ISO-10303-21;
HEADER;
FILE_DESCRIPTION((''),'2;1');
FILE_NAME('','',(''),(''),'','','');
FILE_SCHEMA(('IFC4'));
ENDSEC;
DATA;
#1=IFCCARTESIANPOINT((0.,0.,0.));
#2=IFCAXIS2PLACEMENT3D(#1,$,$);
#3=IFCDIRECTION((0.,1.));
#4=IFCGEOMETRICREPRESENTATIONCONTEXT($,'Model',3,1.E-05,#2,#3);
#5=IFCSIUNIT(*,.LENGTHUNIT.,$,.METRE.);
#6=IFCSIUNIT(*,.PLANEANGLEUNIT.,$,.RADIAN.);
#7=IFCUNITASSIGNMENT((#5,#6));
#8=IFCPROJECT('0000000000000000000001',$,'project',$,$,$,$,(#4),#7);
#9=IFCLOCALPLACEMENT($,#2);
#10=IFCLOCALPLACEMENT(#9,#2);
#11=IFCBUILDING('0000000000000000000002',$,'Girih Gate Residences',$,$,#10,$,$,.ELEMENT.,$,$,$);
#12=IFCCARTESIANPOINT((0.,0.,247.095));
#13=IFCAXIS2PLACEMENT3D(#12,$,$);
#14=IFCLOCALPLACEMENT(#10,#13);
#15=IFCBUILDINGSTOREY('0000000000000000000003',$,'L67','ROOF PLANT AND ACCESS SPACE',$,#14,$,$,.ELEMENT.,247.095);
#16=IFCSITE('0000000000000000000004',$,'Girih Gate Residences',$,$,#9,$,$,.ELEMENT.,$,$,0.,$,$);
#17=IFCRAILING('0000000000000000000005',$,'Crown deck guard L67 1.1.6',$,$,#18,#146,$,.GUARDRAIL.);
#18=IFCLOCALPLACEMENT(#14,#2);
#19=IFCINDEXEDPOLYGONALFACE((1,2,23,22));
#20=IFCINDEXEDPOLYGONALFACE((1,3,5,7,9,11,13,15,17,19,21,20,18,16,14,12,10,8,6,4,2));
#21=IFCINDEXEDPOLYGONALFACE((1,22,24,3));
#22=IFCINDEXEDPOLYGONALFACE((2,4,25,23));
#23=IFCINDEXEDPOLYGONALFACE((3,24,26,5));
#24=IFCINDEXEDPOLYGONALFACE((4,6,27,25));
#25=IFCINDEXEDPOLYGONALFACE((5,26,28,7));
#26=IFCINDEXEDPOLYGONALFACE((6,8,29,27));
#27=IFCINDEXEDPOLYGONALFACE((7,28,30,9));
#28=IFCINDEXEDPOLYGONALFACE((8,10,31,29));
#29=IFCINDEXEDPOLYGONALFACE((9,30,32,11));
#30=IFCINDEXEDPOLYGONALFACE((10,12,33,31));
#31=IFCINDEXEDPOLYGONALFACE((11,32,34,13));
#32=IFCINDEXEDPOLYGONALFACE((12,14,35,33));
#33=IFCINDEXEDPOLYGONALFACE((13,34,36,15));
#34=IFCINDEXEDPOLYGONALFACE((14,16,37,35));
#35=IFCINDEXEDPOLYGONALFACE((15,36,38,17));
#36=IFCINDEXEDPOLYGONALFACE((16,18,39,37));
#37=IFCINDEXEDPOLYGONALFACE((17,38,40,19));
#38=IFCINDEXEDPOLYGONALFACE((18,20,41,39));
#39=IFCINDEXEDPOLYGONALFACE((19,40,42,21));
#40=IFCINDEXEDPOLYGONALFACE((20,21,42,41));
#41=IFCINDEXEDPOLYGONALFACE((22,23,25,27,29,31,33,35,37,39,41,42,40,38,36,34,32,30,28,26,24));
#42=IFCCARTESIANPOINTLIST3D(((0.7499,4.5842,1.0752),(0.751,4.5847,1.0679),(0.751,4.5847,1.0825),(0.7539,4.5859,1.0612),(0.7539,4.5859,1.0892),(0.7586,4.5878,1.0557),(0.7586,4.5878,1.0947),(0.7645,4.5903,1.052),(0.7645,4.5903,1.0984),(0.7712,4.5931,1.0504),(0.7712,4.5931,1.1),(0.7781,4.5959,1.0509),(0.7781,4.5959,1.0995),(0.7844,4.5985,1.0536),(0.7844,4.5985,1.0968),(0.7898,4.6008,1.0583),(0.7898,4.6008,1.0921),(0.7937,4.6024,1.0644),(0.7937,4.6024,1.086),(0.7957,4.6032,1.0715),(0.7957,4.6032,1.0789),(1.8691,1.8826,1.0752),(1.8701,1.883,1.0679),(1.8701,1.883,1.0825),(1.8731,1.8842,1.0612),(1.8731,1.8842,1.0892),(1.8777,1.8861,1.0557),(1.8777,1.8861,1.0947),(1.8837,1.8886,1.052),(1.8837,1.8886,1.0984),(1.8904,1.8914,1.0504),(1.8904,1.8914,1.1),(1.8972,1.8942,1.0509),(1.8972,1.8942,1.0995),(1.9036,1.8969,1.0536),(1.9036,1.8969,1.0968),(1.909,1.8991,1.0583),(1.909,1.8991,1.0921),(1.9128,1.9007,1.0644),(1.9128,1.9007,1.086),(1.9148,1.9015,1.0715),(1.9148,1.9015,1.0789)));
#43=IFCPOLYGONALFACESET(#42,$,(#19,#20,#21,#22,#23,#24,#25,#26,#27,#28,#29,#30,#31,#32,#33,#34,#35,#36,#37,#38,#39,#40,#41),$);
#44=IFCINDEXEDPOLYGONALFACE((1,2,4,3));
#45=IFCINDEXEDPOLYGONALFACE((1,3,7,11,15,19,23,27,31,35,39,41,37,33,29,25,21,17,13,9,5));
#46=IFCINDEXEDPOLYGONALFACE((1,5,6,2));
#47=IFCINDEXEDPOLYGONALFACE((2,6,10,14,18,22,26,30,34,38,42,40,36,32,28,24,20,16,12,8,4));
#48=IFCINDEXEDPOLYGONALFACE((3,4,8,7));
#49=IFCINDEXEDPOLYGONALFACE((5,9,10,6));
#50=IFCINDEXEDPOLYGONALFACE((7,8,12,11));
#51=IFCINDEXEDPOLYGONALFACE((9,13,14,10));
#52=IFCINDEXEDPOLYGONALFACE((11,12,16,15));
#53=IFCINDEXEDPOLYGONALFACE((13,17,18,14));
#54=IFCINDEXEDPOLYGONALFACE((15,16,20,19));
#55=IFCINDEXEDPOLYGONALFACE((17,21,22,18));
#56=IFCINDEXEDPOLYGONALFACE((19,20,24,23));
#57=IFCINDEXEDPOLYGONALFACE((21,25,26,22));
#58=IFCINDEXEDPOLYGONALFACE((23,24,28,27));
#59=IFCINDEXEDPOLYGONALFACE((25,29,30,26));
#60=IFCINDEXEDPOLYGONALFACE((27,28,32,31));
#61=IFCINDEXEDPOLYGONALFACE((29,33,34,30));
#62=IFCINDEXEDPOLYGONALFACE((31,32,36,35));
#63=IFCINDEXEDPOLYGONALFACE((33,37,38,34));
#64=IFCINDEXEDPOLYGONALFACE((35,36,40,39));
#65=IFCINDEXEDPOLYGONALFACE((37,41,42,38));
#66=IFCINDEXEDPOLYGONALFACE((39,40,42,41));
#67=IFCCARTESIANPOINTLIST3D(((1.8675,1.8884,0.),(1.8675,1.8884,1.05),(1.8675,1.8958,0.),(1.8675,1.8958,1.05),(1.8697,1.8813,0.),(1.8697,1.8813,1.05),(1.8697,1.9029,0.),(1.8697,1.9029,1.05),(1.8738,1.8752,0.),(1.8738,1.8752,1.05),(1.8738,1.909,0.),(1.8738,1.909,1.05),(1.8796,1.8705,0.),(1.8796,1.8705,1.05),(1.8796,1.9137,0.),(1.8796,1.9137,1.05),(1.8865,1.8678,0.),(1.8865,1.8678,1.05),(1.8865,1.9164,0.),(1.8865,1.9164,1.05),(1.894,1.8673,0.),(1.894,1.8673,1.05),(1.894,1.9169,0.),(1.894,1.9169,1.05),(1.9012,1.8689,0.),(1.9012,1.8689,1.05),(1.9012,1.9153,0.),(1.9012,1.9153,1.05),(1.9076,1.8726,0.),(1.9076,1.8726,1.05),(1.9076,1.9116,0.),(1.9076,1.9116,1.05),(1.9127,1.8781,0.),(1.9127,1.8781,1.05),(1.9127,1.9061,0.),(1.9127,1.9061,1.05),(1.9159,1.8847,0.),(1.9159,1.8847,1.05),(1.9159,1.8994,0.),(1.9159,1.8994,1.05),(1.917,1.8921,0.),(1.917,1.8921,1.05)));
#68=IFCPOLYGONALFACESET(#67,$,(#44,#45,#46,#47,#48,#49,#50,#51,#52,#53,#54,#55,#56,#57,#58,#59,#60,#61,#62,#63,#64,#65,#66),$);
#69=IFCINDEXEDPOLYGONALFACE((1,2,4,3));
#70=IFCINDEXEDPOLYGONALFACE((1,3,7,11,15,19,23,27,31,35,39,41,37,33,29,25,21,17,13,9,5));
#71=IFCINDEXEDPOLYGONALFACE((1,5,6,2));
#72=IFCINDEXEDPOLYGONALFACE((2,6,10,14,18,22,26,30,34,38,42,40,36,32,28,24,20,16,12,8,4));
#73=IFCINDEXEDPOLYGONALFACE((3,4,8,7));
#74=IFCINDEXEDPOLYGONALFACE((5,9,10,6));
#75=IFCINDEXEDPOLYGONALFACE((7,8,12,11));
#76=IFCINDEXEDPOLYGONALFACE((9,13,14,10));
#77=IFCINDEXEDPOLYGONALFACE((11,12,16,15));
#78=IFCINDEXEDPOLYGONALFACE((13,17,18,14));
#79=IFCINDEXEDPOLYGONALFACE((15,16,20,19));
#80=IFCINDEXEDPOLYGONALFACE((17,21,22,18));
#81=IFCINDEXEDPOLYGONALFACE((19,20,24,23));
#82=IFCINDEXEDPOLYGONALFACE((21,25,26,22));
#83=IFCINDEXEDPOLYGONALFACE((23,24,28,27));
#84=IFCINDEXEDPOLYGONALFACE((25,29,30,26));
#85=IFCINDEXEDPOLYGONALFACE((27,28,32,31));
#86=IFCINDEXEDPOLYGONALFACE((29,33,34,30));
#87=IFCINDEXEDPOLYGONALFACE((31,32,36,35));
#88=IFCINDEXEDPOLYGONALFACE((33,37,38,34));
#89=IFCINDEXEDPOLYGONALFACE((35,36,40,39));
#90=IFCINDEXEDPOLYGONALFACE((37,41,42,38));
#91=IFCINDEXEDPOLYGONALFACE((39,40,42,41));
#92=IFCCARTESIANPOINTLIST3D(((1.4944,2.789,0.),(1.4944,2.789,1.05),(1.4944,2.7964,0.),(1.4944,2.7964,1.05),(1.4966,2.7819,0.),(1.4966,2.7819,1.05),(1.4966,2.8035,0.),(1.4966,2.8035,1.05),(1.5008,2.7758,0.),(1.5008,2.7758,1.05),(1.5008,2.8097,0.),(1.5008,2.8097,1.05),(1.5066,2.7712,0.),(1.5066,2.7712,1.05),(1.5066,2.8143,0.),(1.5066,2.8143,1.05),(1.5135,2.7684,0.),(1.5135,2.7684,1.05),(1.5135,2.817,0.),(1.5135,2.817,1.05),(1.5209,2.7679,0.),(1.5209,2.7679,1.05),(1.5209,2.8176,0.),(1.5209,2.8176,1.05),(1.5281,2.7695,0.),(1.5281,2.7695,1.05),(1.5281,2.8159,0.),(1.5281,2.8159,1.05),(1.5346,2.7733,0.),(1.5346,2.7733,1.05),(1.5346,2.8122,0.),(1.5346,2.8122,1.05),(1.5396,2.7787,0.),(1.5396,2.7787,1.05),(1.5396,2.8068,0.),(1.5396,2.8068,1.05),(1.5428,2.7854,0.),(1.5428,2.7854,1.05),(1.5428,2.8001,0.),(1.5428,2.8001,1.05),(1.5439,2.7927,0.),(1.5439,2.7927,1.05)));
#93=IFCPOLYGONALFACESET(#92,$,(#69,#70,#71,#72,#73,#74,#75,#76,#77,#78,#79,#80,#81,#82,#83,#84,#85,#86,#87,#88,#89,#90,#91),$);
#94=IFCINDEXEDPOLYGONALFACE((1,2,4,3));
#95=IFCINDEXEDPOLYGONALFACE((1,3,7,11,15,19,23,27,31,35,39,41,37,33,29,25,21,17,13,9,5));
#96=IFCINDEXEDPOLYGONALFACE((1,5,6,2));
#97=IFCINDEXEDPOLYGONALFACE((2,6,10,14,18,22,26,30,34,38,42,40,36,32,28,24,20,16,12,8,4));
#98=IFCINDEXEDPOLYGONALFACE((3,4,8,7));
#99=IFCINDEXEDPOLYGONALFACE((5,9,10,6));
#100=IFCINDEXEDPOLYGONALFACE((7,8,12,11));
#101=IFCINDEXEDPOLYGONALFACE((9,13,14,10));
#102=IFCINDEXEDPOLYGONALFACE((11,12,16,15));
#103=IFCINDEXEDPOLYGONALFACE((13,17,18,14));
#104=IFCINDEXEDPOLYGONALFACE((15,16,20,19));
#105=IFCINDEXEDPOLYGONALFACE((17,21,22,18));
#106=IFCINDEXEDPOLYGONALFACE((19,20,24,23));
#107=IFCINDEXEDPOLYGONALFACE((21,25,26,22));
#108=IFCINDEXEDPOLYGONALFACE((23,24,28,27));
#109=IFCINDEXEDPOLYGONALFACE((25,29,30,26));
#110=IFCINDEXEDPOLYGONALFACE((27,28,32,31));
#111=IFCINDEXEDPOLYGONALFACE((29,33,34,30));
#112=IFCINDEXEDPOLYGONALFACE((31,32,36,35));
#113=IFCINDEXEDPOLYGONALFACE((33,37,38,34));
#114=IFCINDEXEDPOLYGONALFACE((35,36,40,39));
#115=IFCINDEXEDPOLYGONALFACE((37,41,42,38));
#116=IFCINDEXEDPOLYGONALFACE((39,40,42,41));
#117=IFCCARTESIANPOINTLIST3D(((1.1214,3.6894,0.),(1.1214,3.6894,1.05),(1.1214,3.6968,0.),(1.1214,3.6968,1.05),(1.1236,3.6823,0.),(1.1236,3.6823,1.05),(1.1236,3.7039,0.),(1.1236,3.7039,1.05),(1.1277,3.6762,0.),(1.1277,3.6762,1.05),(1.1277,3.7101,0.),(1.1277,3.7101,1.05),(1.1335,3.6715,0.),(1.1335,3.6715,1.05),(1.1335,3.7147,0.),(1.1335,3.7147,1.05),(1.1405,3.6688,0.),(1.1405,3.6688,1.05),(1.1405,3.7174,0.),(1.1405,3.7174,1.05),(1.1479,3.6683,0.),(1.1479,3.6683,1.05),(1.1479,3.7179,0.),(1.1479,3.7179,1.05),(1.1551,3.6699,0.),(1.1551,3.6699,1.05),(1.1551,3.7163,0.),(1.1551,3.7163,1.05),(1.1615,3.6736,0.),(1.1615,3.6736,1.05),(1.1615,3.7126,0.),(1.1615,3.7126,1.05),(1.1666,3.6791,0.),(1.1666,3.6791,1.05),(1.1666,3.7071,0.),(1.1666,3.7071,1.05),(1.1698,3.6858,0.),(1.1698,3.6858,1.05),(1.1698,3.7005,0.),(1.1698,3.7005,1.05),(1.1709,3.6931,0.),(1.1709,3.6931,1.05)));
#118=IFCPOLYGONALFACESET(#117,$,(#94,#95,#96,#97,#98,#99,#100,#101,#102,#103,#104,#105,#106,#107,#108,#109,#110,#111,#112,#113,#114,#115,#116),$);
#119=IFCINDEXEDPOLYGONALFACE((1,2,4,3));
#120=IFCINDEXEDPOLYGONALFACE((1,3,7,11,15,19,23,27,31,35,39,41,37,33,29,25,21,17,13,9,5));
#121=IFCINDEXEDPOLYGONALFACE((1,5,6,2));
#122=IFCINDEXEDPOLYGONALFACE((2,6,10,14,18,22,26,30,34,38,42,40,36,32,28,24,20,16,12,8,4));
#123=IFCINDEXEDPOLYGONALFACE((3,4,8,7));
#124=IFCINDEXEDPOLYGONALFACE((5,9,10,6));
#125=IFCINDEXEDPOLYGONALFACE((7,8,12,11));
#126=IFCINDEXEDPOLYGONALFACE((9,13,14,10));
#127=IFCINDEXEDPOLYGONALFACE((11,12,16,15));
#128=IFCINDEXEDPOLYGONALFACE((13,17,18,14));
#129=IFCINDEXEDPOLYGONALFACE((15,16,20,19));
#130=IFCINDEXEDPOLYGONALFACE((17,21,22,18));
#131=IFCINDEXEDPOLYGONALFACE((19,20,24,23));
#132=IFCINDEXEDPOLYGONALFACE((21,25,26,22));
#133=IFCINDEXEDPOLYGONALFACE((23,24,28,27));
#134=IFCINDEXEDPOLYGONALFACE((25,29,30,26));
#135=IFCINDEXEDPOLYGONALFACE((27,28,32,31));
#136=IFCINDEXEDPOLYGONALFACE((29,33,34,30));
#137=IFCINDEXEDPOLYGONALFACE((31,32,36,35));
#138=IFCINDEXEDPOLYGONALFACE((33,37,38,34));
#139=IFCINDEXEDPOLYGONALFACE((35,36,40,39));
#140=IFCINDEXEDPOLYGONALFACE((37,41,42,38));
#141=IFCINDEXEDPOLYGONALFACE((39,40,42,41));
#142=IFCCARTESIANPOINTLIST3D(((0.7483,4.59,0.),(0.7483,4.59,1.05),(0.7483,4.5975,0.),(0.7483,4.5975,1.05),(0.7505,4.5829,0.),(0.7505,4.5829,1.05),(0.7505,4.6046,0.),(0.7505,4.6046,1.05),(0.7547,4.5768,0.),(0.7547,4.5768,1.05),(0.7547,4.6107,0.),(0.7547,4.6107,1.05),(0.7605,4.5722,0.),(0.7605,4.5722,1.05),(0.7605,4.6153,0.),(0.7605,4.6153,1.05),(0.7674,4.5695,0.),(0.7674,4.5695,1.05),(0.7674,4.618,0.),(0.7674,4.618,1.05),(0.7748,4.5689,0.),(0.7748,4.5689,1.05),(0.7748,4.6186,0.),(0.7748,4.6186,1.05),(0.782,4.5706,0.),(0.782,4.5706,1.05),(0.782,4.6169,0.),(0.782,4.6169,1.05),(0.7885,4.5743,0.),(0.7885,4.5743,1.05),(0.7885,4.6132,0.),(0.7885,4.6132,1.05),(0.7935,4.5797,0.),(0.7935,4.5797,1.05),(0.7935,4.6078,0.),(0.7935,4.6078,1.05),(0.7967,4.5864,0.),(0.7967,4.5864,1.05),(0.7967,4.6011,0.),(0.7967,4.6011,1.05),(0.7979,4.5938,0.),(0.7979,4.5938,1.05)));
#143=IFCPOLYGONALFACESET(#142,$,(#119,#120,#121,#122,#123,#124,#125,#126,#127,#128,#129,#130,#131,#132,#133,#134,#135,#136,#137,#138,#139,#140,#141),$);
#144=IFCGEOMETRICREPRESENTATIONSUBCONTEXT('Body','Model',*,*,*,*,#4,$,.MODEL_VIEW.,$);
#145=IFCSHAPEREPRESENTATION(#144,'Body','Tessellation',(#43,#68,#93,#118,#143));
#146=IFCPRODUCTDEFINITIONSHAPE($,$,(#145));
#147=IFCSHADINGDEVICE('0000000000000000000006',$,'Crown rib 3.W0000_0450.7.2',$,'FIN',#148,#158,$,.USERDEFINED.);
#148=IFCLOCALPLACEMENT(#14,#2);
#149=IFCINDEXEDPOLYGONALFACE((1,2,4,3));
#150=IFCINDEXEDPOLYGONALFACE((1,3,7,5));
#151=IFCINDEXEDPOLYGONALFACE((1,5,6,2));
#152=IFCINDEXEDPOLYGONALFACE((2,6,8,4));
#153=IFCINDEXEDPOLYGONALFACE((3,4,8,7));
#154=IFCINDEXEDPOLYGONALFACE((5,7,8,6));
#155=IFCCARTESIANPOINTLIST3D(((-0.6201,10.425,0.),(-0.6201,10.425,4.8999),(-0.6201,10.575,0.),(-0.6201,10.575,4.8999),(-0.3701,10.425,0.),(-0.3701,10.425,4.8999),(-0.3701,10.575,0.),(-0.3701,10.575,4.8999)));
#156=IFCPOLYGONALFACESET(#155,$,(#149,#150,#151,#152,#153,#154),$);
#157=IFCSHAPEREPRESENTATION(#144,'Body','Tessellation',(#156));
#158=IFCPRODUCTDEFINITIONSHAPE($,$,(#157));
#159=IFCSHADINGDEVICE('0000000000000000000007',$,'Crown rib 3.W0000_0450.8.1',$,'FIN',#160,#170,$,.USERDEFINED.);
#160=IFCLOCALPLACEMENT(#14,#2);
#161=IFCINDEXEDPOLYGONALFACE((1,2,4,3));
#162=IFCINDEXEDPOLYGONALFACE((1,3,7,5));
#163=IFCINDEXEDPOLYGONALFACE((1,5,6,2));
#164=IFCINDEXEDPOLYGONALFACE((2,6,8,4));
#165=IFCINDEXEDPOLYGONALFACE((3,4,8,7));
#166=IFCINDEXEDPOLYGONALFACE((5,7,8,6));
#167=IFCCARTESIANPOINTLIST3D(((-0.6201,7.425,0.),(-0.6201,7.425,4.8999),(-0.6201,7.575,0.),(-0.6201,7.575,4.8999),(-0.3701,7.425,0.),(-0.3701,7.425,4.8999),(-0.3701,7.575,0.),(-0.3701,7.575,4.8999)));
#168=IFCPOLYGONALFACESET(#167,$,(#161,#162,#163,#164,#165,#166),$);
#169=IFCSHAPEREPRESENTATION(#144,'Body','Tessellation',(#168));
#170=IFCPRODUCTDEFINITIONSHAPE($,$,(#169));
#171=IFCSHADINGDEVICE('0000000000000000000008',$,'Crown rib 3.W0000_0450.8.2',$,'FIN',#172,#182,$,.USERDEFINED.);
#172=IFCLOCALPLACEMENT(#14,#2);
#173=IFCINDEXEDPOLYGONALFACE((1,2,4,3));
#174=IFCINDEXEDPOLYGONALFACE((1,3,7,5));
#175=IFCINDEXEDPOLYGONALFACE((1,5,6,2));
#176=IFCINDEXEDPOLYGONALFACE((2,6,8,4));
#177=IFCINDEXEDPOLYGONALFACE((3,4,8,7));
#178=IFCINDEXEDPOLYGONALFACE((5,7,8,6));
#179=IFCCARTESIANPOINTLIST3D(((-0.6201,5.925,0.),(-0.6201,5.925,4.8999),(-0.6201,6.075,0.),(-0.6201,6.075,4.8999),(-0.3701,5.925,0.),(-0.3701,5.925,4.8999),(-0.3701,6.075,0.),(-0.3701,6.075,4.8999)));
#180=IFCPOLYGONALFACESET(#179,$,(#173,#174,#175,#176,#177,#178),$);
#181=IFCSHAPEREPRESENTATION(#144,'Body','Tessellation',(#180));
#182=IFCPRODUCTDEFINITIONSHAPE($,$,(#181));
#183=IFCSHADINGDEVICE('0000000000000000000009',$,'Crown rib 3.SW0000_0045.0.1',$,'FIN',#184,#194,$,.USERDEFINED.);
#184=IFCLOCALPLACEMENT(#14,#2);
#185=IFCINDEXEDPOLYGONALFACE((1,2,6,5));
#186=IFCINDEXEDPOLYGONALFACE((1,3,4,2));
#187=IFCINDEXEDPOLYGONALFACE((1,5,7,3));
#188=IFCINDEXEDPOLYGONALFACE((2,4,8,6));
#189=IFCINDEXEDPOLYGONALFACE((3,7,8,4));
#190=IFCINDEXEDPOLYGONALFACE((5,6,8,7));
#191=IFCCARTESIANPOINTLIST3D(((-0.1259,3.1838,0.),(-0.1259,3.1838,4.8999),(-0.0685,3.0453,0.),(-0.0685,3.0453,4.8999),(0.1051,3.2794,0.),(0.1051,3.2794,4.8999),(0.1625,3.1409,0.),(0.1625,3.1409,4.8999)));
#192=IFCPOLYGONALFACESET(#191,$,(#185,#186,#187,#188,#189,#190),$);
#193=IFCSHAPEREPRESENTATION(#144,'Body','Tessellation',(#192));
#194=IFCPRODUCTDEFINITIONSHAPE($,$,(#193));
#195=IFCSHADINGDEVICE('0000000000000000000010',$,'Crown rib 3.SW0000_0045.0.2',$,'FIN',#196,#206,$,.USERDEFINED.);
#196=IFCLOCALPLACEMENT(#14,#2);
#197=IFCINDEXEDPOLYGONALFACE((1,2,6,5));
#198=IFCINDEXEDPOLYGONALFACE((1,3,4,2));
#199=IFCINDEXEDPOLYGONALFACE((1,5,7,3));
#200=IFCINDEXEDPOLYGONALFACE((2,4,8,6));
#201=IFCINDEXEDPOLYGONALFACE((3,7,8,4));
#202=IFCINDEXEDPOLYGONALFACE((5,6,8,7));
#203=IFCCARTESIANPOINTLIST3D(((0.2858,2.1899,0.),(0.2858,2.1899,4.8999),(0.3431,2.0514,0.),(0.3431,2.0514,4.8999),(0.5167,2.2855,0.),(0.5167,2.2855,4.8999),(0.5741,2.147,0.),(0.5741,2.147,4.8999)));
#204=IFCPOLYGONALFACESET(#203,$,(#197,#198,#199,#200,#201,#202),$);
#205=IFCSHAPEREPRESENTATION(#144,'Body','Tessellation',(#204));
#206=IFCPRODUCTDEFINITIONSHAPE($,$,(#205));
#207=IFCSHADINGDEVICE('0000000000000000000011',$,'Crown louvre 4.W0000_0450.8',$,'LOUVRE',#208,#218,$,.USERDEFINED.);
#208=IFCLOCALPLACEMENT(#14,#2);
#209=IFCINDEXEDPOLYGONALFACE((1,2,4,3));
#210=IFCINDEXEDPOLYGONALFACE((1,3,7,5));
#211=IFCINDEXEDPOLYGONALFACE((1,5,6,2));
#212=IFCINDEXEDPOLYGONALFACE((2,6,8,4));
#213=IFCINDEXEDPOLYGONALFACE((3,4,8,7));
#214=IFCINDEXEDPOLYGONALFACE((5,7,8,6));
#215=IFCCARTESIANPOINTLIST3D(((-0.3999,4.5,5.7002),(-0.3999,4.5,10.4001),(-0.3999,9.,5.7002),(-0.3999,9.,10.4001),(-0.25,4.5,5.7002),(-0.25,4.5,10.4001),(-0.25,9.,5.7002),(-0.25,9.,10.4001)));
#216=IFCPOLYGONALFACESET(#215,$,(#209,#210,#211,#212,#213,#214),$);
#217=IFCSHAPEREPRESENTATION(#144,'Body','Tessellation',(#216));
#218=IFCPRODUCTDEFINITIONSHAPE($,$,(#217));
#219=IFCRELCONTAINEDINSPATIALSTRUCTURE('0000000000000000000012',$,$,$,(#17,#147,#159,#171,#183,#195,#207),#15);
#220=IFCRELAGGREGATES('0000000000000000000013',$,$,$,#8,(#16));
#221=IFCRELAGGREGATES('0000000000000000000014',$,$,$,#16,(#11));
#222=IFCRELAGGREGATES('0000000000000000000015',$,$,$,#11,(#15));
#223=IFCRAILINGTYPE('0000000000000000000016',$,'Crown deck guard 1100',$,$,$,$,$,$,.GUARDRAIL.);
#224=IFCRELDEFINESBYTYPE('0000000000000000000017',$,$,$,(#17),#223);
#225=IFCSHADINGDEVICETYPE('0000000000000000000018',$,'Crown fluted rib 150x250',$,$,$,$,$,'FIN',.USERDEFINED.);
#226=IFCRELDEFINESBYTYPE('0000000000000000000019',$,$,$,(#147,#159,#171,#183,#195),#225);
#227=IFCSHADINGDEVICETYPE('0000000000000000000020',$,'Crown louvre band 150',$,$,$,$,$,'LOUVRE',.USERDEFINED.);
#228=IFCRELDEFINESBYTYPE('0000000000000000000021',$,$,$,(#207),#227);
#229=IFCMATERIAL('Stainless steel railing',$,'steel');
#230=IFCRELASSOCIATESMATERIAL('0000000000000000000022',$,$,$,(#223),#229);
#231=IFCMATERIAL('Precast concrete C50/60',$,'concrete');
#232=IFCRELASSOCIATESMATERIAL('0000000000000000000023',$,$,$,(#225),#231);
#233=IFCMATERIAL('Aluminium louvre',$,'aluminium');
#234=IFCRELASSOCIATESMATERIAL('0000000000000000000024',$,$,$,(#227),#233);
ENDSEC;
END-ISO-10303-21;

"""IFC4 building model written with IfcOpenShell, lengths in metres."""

from ifc_helpers import new_model, si_unit, direction, frame, origin, origin_2d, place, context, subcontext, project, spatial, rectangle, circle, extrude, material, type_object, element, save


model = new_model("IFC4")

# Units and contexts
model_context = context("Model", 3, precision=1e-05, world=origin(), true_north=direction((0.0, 1.0)))
body_context = subcontext(model_context, "Body", "Model", "MODEL_VIEW")
ifc_project = project(units=[si_unit("LENGTHUNIT", "METRE"), si_unit("PLANEANGLEUNIT", "RADIAN")], contexts=[model_context])

# Site, building, storey
site_placement = place(None, origin())
site = spatial("IfcSite", under=ifc_project, at=site_placement, Name="Girih Gate Residences", CompositionType="ELEMENT", RefElevation=0.0)
building_placement = place(site_placement, origin())
building = spatial("IfcBuilding", under=site, at=building_placement, Name="Girih Gate Residences", CompositionType="ELEMENT")
storey_placement = place(building_placement, frame((0.0, 0.0, 247.095)))
storey = spatial("IfcBuildingStorey", under=building, at=storey_placement, Name="L67", Description="ROOF PLANT AND ACCESS SPACE", CompositionType="ELEMENT", Elevation=247.095)

# Railing
ifc_material_1 = material(Name="Stainless steel railing", Category="steel")
railing_type = type_object("IfcRailingType", Name="Crown deck guard 1100", PredefinedType="GUARDRAIL", material=ifc_material_1)
railing_1_placement = place(storey_placement, frame((1.8921, 1.8921, 0.0)))
element("IfcRailing", 1, at=railing_1_placement, inside=storey, type_object=railing_type, Name="Crown deck guard L67 1.1.6", PredefinedType="GUARDRAIL", context=body_context, shape_type="SweptSolid", body=[
    extrude(circle(Radius=0.0249, at=origin_2d()), frame((0.0, 0.0, 1.0752), z_axis=(-0.382706, 0.92387, 0.0), x_axis=(-0.92387, -0.382706, 0.0)), (0.0, 0.0, 1.0), 2.9243),
    extrude(circle(Radius=0.0249, at=origin_2d()), origin(), (0.0, 0.0, 1.0), 1.05),
    extrude(circle(Radius=0.0249, at=origin_2d()), frame((-0.373, 0.9006, 0.0)), (0.0, 0.0, 1.0), 1.05),
    extrude(circle(Radius=0.0249, at=origin_2d()), frame((-0.7461, 1.801, 0.0)), (0.0, 0.0, 1.0), 1.05),
    extrude(circle(Radius=0.0249, at=origin_2d()), frame((-1.1191, 2.7017, 0.0)), (0.0, 0.0, 1.0), 1.05),
])

# Shading devices
ifc_material_2 = material(Name="Precast concrete C50/60", Category="concrete")
shading_device_type_1 = type_object("IfcShadingDeviceType", Name="Crown fluted rib 150x250", ElementType="FIN", PredefinedType="USERDEFINED", material=ifc_material_2)
for number, where, z_axis, x_axis, name in (
    (2, (-0.4951, 10.5, 0.0), (0.0, 0.0, 1.0), (0.0, -1.0, 0.0), "Crown rib 3.W0000_0450.7.2"),
    (3, (-0.4951, 7.5, 0.0), (0.0, 0.0, 1.0), (0.0, -1.0, 0.0), "Crown rib 3.W0000_0450.8.1"),
    (4, (-0.4951, 6.0, 0.0), (0.0, 0.0, 1.0), (0.0, -1.0, 0.0), "Crown rib 3.W0000_0450.8.2"),
    (5, (0.0183, 3.1624, 0.0), (0.0, 0.0, 1.0), (0.382683, -0.92388, 0.0), "Crown rib 3.SW0000_0045.0.1"),
    (6, (0.4299, 2.1685, 0.0), (0.0, 0.0, 1.0), (0.382683, -0.92388, 0.0), "Crown rib 3.SW0000_0045.0.2"),
):
    element("IfcShadingDevice", number, at=place(storey_placement, frame(where, z_axis=z_axis, x_axis=x_axis)), inside=storey, type_object=shading_device_type_1, Name=name, ObjectType="FIN", PredefinedType="USERDEFINED", context=body_context, shape_type="SweptSolid", body=[
        extrude(rectangle(XDim=0.1499, YDim=0.25, at=origin_2d()), origin(), (0.0, 0.0, 1.0), 4.8999),
    ])
ifc_material_3 = material(Name="Aluminium louvre", Category="aluminium")
shading_device_type_2 = type_object("IfcShadingDeviceType", Name="Crown louvre band 150", ElementType="LOUVRE", PredefinedType="USERDEFINED", material=ifc_material_3)
shading_device_1_placement = place(storey_placement, frame((-0.325, 6.75, 5.7002), z_axis=(0.0, 0.0, 1.0), x_axis=(0.0, -1.0, 0.0)))
element("IfcShadingDevice", 7, at=shading_device_1_placement, inside=storey, type_object=shading_device_type_2, Name="Crown louvre 4.W0000_0450.8", ObjectType="LOUVRE", PredefinedType="USERDEFINED", context=body_context, shape_type="SweptSolid", body=[
    extrude(rectangle(XDim=4.5, YDim=0.1499, at=origin_2d()), origin(), (0.0, 0.0, 1.0), 4.7),
])

save(model, "model.ifc")
